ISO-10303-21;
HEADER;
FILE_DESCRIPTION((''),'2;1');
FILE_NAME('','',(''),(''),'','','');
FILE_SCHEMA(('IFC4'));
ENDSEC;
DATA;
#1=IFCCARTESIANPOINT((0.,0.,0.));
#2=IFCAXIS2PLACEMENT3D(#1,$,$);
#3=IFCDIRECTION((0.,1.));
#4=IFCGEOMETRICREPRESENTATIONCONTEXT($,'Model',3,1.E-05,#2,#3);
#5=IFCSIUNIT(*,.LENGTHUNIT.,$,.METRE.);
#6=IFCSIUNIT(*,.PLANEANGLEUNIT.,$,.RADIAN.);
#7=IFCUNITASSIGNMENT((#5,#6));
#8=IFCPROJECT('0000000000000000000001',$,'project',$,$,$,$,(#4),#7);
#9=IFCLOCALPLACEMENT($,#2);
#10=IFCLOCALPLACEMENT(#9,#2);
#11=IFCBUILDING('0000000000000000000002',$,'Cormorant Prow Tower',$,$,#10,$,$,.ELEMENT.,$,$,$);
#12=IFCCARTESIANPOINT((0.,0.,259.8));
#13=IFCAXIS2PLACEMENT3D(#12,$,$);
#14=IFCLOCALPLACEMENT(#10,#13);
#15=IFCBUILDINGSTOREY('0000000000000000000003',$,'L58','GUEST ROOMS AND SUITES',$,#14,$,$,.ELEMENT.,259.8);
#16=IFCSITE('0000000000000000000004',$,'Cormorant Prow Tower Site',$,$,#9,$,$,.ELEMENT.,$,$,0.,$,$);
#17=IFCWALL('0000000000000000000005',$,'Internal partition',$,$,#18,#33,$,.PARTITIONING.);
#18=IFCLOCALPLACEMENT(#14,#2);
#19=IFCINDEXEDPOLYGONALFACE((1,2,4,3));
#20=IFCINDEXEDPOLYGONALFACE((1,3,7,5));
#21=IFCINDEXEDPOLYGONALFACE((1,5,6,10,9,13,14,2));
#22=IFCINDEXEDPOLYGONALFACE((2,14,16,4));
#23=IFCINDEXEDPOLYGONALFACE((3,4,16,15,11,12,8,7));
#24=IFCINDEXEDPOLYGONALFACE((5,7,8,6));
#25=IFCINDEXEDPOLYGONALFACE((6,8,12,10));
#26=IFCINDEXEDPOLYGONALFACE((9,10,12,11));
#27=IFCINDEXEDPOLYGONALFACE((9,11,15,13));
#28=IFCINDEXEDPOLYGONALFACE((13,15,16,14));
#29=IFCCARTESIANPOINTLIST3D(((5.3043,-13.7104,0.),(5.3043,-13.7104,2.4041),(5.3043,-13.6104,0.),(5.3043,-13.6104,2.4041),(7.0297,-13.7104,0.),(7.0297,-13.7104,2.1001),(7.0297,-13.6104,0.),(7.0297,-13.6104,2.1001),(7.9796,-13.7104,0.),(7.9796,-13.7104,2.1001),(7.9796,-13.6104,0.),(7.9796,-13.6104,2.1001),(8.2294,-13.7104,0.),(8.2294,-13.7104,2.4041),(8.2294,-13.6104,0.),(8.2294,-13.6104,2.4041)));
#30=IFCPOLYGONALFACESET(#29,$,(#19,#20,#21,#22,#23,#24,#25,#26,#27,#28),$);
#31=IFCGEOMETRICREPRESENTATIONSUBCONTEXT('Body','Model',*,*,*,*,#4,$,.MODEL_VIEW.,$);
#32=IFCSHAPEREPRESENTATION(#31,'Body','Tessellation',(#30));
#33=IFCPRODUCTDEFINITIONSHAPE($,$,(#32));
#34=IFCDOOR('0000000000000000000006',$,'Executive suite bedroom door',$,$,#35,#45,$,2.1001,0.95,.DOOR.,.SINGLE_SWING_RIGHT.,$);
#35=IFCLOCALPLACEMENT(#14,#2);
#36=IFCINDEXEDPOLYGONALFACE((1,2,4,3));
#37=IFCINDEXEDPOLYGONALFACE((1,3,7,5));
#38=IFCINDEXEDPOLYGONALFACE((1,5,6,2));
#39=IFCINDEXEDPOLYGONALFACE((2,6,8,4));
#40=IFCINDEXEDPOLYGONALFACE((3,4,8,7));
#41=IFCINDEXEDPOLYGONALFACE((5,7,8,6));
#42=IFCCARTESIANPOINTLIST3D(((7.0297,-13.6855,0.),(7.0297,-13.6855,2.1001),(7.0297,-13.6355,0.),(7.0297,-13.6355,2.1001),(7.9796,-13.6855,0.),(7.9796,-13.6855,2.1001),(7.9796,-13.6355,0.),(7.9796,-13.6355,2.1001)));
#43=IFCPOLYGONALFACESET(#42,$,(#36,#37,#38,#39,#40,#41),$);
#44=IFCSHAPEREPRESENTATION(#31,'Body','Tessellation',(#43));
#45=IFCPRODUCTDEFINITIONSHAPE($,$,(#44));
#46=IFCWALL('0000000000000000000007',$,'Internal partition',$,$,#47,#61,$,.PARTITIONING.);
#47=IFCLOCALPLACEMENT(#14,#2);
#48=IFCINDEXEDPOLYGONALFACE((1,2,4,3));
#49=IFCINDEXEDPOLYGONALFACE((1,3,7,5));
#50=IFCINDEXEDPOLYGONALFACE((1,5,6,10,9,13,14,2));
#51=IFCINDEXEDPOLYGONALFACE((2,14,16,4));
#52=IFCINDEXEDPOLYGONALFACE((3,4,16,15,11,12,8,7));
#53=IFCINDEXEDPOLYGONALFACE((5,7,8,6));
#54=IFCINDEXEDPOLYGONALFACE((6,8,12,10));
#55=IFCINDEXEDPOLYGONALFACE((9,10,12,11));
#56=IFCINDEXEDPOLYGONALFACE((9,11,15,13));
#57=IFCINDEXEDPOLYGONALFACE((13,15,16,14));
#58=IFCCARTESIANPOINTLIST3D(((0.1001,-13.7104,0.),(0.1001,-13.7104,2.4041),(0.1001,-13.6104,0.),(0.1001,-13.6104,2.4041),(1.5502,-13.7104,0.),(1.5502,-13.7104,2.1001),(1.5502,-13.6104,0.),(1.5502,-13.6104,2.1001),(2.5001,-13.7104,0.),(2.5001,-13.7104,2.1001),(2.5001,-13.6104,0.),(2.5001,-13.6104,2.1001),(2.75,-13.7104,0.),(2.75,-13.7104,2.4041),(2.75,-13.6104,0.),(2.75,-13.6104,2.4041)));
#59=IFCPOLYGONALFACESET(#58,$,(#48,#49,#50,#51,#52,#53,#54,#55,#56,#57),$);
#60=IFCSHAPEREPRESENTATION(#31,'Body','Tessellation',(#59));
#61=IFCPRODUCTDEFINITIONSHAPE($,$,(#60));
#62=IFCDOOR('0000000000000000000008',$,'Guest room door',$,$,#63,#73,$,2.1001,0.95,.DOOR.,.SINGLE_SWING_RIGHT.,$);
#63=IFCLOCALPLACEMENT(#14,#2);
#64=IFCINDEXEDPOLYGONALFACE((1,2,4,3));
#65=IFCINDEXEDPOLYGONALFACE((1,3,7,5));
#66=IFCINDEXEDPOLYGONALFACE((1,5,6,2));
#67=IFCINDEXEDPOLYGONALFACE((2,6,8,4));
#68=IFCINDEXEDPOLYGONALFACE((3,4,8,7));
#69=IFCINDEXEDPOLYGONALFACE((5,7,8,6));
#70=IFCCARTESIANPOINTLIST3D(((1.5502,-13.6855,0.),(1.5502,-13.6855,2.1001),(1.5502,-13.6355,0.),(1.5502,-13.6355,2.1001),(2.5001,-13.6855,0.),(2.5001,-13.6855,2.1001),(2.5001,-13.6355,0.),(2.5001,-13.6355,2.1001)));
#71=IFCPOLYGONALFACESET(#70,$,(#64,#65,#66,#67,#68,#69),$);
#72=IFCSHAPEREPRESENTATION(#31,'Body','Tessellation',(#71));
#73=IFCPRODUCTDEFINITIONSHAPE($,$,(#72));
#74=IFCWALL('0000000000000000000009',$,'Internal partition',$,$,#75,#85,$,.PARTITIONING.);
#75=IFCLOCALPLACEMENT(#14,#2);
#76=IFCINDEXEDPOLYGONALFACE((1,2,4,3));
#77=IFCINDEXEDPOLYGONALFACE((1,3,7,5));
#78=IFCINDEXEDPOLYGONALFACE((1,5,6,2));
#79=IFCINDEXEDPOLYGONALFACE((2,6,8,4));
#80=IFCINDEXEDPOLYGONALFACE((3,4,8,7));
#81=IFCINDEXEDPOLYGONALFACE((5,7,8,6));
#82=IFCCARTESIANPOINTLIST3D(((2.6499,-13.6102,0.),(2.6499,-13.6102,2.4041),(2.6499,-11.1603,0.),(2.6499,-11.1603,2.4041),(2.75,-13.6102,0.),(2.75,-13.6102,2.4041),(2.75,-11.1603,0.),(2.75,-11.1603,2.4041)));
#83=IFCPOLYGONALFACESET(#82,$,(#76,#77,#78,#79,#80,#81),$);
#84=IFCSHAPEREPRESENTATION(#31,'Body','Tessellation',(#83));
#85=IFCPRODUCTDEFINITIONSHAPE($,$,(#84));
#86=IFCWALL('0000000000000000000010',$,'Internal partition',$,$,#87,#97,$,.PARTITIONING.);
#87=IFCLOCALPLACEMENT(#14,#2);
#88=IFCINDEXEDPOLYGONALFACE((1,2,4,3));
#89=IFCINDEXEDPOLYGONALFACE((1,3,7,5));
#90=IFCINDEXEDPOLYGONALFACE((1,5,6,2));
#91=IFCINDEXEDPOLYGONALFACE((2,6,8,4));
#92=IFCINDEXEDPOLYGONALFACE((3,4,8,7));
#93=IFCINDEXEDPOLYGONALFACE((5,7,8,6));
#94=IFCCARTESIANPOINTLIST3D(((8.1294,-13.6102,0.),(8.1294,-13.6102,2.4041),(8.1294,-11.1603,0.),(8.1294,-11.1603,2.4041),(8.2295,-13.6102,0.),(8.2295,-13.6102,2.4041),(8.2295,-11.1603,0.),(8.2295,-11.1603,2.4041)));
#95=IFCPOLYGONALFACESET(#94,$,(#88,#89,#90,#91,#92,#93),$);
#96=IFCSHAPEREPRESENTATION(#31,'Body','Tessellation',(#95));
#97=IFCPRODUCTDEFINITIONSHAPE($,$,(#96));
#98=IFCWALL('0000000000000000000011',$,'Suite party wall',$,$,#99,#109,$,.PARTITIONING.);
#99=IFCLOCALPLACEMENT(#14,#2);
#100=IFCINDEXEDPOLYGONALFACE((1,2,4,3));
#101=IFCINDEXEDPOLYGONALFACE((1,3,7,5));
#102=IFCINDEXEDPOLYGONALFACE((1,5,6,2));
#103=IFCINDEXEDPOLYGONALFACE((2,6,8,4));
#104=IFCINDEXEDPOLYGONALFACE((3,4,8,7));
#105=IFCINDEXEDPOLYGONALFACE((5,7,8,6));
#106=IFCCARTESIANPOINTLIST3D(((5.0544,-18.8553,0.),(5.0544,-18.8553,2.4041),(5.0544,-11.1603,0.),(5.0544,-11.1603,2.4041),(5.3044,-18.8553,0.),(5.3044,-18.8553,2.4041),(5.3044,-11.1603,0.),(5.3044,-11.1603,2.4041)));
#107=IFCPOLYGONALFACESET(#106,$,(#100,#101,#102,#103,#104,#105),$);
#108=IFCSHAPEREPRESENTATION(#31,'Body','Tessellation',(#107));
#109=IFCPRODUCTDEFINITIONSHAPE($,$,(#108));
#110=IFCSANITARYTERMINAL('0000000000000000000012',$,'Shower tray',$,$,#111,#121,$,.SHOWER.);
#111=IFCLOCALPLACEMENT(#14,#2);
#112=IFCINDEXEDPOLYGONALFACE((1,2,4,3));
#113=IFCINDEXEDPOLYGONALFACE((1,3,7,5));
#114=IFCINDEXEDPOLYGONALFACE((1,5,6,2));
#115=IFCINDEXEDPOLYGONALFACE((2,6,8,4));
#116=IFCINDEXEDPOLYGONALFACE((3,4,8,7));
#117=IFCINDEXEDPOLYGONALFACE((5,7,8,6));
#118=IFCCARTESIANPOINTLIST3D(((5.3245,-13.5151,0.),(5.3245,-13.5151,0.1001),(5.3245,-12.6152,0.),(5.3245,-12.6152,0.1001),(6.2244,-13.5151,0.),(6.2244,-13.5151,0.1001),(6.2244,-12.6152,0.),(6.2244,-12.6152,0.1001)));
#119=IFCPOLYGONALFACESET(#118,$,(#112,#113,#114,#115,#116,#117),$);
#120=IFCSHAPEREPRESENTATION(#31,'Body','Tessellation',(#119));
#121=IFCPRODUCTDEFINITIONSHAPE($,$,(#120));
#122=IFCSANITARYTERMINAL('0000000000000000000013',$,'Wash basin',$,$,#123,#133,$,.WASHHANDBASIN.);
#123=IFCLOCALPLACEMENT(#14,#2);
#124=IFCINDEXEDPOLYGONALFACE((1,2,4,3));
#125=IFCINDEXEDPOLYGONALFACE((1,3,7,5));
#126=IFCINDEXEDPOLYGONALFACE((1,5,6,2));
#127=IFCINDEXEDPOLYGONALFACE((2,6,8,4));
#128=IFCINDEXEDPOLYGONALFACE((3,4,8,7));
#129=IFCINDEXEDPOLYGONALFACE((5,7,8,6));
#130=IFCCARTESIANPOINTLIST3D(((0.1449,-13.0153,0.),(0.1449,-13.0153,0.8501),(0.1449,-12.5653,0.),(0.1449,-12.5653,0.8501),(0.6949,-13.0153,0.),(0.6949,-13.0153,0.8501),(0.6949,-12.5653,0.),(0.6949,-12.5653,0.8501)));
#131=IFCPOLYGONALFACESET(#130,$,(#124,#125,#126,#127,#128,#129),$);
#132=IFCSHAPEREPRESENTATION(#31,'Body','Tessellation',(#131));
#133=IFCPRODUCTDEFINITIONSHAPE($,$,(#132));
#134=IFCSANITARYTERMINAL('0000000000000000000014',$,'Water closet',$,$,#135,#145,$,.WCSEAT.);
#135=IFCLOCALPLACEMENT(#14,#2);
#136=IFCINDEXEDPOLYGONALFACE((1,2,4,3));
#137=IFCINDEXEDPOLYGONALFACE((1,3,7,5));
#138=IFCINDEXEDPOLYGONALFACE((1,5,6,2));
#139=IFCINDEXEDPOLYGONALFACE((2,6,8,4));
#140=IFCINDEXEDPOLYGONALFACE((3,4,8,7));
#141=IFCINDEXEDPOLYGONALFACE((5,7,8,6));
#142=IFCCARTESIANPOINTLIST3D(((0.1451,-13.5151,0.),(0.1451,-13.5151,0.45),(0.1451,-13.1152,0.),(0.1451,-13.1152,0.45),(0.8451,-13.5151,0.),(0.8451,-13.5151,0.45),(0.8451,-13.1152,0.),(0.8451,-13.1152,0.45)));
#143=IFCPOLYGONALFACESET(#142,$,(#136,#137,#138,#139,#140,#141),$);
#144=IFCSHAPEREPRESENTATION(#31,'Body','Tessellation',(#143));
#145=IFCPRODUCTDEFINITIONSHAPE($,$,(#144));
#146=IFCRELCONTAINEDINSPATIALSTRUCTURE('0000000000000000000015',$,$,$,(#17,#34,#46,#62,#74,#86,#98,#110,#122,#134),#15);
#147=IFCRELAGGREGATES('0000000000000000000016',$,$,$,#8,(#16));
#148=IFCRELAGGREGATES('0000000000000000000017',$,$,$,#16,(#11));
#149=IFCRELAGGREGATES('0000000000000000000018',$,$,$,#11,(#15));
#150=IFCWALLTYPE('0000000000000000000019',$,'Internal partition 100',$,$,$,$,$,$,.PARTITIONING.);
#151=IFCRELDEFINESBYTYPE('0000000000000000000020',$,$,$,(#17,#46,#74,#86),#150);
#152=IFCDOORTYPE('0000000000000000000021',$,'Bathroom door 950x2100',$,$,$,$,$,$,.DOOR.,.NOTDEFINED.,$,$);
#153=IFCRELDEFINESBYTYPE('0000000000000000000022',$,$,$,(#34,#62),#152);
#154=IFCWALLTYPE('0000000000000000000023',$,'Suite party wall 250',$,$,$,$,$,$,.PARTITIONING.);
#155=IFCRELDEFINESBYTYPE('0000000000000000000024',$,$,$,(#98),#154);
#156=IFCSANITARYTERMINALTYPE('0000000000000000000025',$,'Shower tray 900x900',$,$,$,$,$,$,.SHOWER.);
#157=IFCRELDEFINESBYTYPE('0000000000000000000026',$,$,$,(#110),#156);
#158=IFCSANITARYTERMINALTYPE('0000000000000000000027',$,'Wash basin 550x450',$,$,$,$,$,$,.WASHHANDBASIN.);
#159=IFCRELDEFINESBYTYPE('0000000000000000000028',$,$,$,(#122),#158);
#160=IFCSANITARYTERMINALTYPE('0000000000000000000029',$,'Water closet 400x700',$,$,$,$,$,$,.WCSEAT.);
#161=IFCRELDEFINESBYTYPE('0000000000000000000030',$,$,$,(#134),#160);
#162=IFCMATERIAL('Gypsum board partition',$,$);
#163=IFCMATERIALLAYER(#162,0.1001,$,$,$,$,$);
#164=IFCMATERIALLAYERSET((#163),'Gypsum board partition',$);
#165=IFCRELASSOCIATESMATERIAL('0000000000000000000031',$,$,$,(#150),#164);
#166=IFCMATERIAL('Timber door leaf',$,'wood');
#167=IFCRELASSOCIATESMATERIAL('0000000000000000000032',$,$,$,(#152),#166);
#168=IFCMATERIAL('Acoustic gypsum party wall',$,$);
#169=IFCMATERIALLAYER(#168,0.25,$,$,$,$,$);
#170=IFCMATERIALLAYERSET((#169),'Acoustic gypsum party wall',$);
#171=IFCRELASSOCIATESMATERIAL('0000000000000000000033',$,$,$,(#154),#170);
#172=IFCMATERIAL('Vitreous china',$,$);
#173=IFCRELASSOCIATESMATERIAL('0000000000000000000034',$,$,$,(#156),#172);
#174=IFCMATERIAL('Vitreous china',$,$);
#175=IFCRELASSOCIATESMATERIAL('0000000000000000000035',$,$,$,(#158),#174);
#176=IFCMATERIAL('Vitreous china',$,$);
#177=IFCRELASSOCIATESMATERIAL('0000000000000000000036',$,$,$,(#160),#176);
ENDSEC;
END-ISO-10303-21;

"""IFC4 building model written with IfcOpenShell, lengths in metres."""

from ifc_helpers import new_model, si_unit, direction, frame, frame_2d, origin, origin_2d, place, context, subcontext, project, spatial, rectangle, extrude, material, layer, layer_set, type_object, element, fill, save


model = new_model("IFC4")

# Units and contexts
model_context = context("Model", 3, precision=1e-05, world=origin(), true_north=direction((0.0, 1.0)))
body_context = subcontext(model_context, "Body", "Model", "MODEL_VIEW")
ifc_project = project(units=[si_unit("LENGTHUNIT", "METRE"), si_unit("PLANEANGLEUNIT", "RADIAN")], contexts=[model_context])

# Site, building, storey
site_placement = place(None, origin())
site = spatial("IfcSite", under=ifc_project, at=site_placement, Name="Cormorant Prow Tower Site", CompositionType="ELEMENT", RefElevation=0.0)
building_placement = place(site_placement, origin())
building = spatial("IfcBuilding", under=site, at=building_placement, Name="Cormorant Prow Tower", CompositionType="ELEMENT")
storey_placement = place(building_placement, frame((0.0, 0.0, 259.8)))
storey = spatial("IfcBuildingStorey", under=building, at=storey_placement, Name="L58", Description="GUEST ROOMS AND SUITES", CompositionType="ELEMENT", Elevation=259.8)

# Walls, openings, doors
ifc_material_1 = material(Name="Gypsum board partition")
ifc_layer_1 = layer(ifc_material_1, 0.1001)
ifc_layer_set_1 = layer_set([ifc_layer_1], Name="Gypsum board partition")
wall_type_1 = type_object("IfcWallType", Name="Internal partition 100", PredefinedType="PARTITIONING", material=ifc_layer_set_1)
wall_1_placement = place(storey_placement, frame((5.3044, -13.6604, 0.0), z_axis=(0.0, 0.0, 1.0), x_axis=(1.0, 0.0, 0.0)))
wall_1 = element("IfcWall", 1, at=wall_1_placement, inside=storey, type_object=wall_type_1, Name="Internal partition", PredefinedType="PARTITIONING", context=body_context, shape_type="SweptSolid", body=[
    extrude(rectangle(XDim=2.925, YDim=0.1001, at=frame_2d((1.4624, 0.0))), origin(), (0.0, 0.0, 1.0), 2.4041),
])
opening_1_placement = place(wall_1_placement, frame((1.7251, 0.0, 0.0)))
opening_1 = element("IfcOpeningElement", 2, at=opening_1_placement, cuts=wall_1, PredefinedType="OPENING", context=body_context, shape_type="SweptSolid", body=[
    extrude(rectangle(XDim=0.95, YDim=2.1001, at=frame_2d((0.4751, 1.05))), frame((0.0, 0.0601, 0.0), z_axis=(0.0, -1.0, 0.0), x_axis=(1.0, 0.0, 0.0)), (0.0, 0.0, 1.0), 0.1201),
])
ifc_material_2 = material(Name="Timber door leaf", Category="wood")
door_type_1 = type_object("IfcDoorType", Name="Bathroom door 950x2100", OperationType="NOTDEFINED", PredefinedType="DOOR", material=ifc_material_2)
door_1_placement = place(opening_1_placement, origin())
door_1 = element("IfcDoor", 3, at=door_1_placement, inside=storey, type_object=door_type_1, Name="Executive suite bedroom door", OperationType="SINGLE_SWING_RIGHT", OverallHeight=2.1001, OverallWidth=0.95, PredefinedType="DOOR", context=body_context, shape_type="SweptSolid", body=[
    extrude(rectangle(XDim=0.95, YDim=2.1001, at=frame_2d((0.4751, 1.05))), frame((0.0, 0.0249, 0.0), z_axis=(0.0, -1.0, 0.0), x_axis=(1.0, 0.0, 0.0)), (0.0, 0.0, 1.0), 0.05),
])
fill(opening_1, door_1)
wall_2_placement = place(storey_placement, frame((0.1001, -13.6604, 0.0), z_axis=(0.0, 0.0, 1.0), x_axis=(1.0, 0.0, 0.0)))
wall_2 = element("IfcWall", 4, at=wall_2_placement, inside=storey, type_object=wall_type_1, Name="Internal partition", PredefinedType="PARTITIONING", context=body_context, shape_type="SweptSolid", body=[
    extrude(rectangle(XDim=2.6499, YDim=0.1001, at=frame_2d((1.325, 0.0))), origin(), (0.0, 0.0, 1.0), 2.4041),
])
opening_2_placement = place(wall_2_placement, frame((1.45, 0.0, 0.0)))
opening_2 = element("IfcOpeningElement", 5, at=opening_2_placement, cuts=wall_2, PredefinedType="OPENING", context=body_context, shape_type="SweptSolid", body=[
    extrude(rectangle(XDim=0.95, YDim=2.1001, at=frame_2d((0.4751, 1.05))), frame((0.0, 0.0601, 0.0), z_axis=(0.0, -1.0, 0.0), x_axis=(1.0, 0.0, 0.0)), (0.0, 0.0, 1.0), 0.1201),
])
door_2_placement = place(opening_2_placement, origin())
door_2 = element("IfcDoor", 6, at=door_2_placement, inside=storey, type_object=door_type_1, Name="Guest room door", OperationType="SINGLE_SWING_RIGHT", OverallHeight=2.1001, OverallWidth=0.95, PredefinedType="DOOR", context=body_context, shape_type="SweptSolid", body=[
    extrude(rectangle(XDim=0.95, YDim=2.1001, at=frame_2d((0.4751, 1.05))), frame((0.0, 0.0249, 0.0), z_axis=(0.0, -1.0, 0.0), x_axis=(1.0, 0.0, 0.0)), (0.0, 0.0, 1.0), 0.05),
])
fill(opening_2, door_2)

# Walls
for number, where, z_axis, x_axis, name in (
    (7, (2.7, -13.6104, 0.0), (0.0, 0.0, 1.0), (0.0, 1.0, 0.0), "Internal partition"),
    (8, (8.1794, -13.6104, 0.0), (0.0, 0.0, 1.0), (0.0, 1.0, 0.0), "Internal partition"),
):
    element("IfcWall", number, at=place(storey_placement, frame(where, z_axis=z_axis, x_axis=x_axis)), inside=storey, type_object=wall_type_1, Name=name, PredefinedType="PARTITIONING", context=body_context, shape_type="SweptSolid", body=[
        extrude(rectangle(XDim=2.45, YDim=0.1001, at=frame_2d((1.2251, 0.0))), origin(), (0.0, 0.0, 1.0), 2.4041),
    ])
ifc_material_3 = material(Name="Acoustic gypsum party wall")
ifc_layer_2 = layer(ifc_material_3, 0.25)
ifc_layer_set_2 = layer_set([ifc_layer_2], Name="Acoustic gypsum party wall")
wall_type_2 = type_object("IfcWallType", Name="Suite party wall 250", PredefinedType="PARTITIONING", material=ifc_layer_set_2)
wall_3_placement = place(storey_placement, frame((5.1794, -18.8555, 0.0), z_axis=(0.0, 0.0, 1.0), x_axis=(0.0, 1.0, 0.0)))
element("IfcWall", 9, at=wall_3_placement, inside=storey, type_object=wall_type_2, Name="Suite party wall", PredefinedType="PARTITIONING", context=body_context, shape_type="SweptSolid", body=[
    extrude(rectangle(XDim=7.6951, YDim=0.25, at=frame_2d((3.8477, 0.0))), origin(), (0.0, 0.0, 1.0), 2.4041),
])

# Sanitary terminals
ifc_material_4 = material(Name="Vitreous china")
sanitary_terminal_type_1 = type_object("IfcSanitaryTerminalType", Name="Shower tray 900x900", PredefinedType="SHOWER", material=ifc_material_4)
sanitary_terminal_1_placement = place(storey_placement, frame((5.7744, -13.0652, 0.0), z_axis=(0.0, 0.0, 1.0), x_axis=(0.0, 1.0, 0.0)))
element("IfcSanitaryTerminal", 10, at=sanitary_terminal_1_placement, inside=storey, type_object=sanitary_terminal_type_1, Name="Shower tray", PredefinedType="SHOWER", context=body_context, shape_type="SweptSolid", body=[
    extrude(rectangle(XDim=0.8999, YDim=0.8999, at=origin_2d()), origin(), (0.0, 0.0, 1.0), 0.1001),
])
ifc_material_5 = material(Name="Vitreous china")
sanitary_terminal_type_2 = type_object("IfcSanitaryTerminalType", Name="Wash basin 550x450", PredefinedType="WASHHANDBASIN", material=ifc_material_5)
sanitary_terminal_2_placement = place(storey_placement, frame((0.4199, -12.7903, 0.0), z_axis=(0.0, 0.0, 1.0), x_axis=(1.0, 0.0, 0.0)))
element("IfcSanitaryTerminal", 11, at=sanitary_terminal_2_placement, inside=storey, type_object=sanitary_terminal_type_2, Name="Wash basin", PredefinedType="WASHHANDBASIN", context=body_context, shape_type="SweptSolid", body=[
    extrude(rectangle(XDim=0.55, YDim=0.45, at=origin_2d()), origin(), (0.0, 0.0, 1.0), 0.8501),
])
ifc_material_6 = material(Name="Vitreous china")
sanitary_terminal_type_3 = type_object("IfcSanitaryTerminalType", Name="Water closet 400x700", PredefinedType="WCSEAT", material=ifc_material_6)
sanitary_terminal_3_placement = place(storey_placement, frame((0.4951, -13.3152, 0.0), z_axis=(0.0, 0.0, 1.0), x_axis=(0.0, 1.0, 0.0)))
element("IfcSanitaryTerminal", 12, at=sanitary_terminal_3_placement, inside=storey, type_object=sanitary_terminal_type_3, Name="Water closet", PredefinedType="WCSEAT", context=body_context, shape_type="SweptSolid", body=[
    extrude(rectangle(XDim=0.3999, YDim=0.7, at=origin_2d()), origin(), (0.0, 0.0, 1.0), 0.45),
])

save(model, "model.ifc")
